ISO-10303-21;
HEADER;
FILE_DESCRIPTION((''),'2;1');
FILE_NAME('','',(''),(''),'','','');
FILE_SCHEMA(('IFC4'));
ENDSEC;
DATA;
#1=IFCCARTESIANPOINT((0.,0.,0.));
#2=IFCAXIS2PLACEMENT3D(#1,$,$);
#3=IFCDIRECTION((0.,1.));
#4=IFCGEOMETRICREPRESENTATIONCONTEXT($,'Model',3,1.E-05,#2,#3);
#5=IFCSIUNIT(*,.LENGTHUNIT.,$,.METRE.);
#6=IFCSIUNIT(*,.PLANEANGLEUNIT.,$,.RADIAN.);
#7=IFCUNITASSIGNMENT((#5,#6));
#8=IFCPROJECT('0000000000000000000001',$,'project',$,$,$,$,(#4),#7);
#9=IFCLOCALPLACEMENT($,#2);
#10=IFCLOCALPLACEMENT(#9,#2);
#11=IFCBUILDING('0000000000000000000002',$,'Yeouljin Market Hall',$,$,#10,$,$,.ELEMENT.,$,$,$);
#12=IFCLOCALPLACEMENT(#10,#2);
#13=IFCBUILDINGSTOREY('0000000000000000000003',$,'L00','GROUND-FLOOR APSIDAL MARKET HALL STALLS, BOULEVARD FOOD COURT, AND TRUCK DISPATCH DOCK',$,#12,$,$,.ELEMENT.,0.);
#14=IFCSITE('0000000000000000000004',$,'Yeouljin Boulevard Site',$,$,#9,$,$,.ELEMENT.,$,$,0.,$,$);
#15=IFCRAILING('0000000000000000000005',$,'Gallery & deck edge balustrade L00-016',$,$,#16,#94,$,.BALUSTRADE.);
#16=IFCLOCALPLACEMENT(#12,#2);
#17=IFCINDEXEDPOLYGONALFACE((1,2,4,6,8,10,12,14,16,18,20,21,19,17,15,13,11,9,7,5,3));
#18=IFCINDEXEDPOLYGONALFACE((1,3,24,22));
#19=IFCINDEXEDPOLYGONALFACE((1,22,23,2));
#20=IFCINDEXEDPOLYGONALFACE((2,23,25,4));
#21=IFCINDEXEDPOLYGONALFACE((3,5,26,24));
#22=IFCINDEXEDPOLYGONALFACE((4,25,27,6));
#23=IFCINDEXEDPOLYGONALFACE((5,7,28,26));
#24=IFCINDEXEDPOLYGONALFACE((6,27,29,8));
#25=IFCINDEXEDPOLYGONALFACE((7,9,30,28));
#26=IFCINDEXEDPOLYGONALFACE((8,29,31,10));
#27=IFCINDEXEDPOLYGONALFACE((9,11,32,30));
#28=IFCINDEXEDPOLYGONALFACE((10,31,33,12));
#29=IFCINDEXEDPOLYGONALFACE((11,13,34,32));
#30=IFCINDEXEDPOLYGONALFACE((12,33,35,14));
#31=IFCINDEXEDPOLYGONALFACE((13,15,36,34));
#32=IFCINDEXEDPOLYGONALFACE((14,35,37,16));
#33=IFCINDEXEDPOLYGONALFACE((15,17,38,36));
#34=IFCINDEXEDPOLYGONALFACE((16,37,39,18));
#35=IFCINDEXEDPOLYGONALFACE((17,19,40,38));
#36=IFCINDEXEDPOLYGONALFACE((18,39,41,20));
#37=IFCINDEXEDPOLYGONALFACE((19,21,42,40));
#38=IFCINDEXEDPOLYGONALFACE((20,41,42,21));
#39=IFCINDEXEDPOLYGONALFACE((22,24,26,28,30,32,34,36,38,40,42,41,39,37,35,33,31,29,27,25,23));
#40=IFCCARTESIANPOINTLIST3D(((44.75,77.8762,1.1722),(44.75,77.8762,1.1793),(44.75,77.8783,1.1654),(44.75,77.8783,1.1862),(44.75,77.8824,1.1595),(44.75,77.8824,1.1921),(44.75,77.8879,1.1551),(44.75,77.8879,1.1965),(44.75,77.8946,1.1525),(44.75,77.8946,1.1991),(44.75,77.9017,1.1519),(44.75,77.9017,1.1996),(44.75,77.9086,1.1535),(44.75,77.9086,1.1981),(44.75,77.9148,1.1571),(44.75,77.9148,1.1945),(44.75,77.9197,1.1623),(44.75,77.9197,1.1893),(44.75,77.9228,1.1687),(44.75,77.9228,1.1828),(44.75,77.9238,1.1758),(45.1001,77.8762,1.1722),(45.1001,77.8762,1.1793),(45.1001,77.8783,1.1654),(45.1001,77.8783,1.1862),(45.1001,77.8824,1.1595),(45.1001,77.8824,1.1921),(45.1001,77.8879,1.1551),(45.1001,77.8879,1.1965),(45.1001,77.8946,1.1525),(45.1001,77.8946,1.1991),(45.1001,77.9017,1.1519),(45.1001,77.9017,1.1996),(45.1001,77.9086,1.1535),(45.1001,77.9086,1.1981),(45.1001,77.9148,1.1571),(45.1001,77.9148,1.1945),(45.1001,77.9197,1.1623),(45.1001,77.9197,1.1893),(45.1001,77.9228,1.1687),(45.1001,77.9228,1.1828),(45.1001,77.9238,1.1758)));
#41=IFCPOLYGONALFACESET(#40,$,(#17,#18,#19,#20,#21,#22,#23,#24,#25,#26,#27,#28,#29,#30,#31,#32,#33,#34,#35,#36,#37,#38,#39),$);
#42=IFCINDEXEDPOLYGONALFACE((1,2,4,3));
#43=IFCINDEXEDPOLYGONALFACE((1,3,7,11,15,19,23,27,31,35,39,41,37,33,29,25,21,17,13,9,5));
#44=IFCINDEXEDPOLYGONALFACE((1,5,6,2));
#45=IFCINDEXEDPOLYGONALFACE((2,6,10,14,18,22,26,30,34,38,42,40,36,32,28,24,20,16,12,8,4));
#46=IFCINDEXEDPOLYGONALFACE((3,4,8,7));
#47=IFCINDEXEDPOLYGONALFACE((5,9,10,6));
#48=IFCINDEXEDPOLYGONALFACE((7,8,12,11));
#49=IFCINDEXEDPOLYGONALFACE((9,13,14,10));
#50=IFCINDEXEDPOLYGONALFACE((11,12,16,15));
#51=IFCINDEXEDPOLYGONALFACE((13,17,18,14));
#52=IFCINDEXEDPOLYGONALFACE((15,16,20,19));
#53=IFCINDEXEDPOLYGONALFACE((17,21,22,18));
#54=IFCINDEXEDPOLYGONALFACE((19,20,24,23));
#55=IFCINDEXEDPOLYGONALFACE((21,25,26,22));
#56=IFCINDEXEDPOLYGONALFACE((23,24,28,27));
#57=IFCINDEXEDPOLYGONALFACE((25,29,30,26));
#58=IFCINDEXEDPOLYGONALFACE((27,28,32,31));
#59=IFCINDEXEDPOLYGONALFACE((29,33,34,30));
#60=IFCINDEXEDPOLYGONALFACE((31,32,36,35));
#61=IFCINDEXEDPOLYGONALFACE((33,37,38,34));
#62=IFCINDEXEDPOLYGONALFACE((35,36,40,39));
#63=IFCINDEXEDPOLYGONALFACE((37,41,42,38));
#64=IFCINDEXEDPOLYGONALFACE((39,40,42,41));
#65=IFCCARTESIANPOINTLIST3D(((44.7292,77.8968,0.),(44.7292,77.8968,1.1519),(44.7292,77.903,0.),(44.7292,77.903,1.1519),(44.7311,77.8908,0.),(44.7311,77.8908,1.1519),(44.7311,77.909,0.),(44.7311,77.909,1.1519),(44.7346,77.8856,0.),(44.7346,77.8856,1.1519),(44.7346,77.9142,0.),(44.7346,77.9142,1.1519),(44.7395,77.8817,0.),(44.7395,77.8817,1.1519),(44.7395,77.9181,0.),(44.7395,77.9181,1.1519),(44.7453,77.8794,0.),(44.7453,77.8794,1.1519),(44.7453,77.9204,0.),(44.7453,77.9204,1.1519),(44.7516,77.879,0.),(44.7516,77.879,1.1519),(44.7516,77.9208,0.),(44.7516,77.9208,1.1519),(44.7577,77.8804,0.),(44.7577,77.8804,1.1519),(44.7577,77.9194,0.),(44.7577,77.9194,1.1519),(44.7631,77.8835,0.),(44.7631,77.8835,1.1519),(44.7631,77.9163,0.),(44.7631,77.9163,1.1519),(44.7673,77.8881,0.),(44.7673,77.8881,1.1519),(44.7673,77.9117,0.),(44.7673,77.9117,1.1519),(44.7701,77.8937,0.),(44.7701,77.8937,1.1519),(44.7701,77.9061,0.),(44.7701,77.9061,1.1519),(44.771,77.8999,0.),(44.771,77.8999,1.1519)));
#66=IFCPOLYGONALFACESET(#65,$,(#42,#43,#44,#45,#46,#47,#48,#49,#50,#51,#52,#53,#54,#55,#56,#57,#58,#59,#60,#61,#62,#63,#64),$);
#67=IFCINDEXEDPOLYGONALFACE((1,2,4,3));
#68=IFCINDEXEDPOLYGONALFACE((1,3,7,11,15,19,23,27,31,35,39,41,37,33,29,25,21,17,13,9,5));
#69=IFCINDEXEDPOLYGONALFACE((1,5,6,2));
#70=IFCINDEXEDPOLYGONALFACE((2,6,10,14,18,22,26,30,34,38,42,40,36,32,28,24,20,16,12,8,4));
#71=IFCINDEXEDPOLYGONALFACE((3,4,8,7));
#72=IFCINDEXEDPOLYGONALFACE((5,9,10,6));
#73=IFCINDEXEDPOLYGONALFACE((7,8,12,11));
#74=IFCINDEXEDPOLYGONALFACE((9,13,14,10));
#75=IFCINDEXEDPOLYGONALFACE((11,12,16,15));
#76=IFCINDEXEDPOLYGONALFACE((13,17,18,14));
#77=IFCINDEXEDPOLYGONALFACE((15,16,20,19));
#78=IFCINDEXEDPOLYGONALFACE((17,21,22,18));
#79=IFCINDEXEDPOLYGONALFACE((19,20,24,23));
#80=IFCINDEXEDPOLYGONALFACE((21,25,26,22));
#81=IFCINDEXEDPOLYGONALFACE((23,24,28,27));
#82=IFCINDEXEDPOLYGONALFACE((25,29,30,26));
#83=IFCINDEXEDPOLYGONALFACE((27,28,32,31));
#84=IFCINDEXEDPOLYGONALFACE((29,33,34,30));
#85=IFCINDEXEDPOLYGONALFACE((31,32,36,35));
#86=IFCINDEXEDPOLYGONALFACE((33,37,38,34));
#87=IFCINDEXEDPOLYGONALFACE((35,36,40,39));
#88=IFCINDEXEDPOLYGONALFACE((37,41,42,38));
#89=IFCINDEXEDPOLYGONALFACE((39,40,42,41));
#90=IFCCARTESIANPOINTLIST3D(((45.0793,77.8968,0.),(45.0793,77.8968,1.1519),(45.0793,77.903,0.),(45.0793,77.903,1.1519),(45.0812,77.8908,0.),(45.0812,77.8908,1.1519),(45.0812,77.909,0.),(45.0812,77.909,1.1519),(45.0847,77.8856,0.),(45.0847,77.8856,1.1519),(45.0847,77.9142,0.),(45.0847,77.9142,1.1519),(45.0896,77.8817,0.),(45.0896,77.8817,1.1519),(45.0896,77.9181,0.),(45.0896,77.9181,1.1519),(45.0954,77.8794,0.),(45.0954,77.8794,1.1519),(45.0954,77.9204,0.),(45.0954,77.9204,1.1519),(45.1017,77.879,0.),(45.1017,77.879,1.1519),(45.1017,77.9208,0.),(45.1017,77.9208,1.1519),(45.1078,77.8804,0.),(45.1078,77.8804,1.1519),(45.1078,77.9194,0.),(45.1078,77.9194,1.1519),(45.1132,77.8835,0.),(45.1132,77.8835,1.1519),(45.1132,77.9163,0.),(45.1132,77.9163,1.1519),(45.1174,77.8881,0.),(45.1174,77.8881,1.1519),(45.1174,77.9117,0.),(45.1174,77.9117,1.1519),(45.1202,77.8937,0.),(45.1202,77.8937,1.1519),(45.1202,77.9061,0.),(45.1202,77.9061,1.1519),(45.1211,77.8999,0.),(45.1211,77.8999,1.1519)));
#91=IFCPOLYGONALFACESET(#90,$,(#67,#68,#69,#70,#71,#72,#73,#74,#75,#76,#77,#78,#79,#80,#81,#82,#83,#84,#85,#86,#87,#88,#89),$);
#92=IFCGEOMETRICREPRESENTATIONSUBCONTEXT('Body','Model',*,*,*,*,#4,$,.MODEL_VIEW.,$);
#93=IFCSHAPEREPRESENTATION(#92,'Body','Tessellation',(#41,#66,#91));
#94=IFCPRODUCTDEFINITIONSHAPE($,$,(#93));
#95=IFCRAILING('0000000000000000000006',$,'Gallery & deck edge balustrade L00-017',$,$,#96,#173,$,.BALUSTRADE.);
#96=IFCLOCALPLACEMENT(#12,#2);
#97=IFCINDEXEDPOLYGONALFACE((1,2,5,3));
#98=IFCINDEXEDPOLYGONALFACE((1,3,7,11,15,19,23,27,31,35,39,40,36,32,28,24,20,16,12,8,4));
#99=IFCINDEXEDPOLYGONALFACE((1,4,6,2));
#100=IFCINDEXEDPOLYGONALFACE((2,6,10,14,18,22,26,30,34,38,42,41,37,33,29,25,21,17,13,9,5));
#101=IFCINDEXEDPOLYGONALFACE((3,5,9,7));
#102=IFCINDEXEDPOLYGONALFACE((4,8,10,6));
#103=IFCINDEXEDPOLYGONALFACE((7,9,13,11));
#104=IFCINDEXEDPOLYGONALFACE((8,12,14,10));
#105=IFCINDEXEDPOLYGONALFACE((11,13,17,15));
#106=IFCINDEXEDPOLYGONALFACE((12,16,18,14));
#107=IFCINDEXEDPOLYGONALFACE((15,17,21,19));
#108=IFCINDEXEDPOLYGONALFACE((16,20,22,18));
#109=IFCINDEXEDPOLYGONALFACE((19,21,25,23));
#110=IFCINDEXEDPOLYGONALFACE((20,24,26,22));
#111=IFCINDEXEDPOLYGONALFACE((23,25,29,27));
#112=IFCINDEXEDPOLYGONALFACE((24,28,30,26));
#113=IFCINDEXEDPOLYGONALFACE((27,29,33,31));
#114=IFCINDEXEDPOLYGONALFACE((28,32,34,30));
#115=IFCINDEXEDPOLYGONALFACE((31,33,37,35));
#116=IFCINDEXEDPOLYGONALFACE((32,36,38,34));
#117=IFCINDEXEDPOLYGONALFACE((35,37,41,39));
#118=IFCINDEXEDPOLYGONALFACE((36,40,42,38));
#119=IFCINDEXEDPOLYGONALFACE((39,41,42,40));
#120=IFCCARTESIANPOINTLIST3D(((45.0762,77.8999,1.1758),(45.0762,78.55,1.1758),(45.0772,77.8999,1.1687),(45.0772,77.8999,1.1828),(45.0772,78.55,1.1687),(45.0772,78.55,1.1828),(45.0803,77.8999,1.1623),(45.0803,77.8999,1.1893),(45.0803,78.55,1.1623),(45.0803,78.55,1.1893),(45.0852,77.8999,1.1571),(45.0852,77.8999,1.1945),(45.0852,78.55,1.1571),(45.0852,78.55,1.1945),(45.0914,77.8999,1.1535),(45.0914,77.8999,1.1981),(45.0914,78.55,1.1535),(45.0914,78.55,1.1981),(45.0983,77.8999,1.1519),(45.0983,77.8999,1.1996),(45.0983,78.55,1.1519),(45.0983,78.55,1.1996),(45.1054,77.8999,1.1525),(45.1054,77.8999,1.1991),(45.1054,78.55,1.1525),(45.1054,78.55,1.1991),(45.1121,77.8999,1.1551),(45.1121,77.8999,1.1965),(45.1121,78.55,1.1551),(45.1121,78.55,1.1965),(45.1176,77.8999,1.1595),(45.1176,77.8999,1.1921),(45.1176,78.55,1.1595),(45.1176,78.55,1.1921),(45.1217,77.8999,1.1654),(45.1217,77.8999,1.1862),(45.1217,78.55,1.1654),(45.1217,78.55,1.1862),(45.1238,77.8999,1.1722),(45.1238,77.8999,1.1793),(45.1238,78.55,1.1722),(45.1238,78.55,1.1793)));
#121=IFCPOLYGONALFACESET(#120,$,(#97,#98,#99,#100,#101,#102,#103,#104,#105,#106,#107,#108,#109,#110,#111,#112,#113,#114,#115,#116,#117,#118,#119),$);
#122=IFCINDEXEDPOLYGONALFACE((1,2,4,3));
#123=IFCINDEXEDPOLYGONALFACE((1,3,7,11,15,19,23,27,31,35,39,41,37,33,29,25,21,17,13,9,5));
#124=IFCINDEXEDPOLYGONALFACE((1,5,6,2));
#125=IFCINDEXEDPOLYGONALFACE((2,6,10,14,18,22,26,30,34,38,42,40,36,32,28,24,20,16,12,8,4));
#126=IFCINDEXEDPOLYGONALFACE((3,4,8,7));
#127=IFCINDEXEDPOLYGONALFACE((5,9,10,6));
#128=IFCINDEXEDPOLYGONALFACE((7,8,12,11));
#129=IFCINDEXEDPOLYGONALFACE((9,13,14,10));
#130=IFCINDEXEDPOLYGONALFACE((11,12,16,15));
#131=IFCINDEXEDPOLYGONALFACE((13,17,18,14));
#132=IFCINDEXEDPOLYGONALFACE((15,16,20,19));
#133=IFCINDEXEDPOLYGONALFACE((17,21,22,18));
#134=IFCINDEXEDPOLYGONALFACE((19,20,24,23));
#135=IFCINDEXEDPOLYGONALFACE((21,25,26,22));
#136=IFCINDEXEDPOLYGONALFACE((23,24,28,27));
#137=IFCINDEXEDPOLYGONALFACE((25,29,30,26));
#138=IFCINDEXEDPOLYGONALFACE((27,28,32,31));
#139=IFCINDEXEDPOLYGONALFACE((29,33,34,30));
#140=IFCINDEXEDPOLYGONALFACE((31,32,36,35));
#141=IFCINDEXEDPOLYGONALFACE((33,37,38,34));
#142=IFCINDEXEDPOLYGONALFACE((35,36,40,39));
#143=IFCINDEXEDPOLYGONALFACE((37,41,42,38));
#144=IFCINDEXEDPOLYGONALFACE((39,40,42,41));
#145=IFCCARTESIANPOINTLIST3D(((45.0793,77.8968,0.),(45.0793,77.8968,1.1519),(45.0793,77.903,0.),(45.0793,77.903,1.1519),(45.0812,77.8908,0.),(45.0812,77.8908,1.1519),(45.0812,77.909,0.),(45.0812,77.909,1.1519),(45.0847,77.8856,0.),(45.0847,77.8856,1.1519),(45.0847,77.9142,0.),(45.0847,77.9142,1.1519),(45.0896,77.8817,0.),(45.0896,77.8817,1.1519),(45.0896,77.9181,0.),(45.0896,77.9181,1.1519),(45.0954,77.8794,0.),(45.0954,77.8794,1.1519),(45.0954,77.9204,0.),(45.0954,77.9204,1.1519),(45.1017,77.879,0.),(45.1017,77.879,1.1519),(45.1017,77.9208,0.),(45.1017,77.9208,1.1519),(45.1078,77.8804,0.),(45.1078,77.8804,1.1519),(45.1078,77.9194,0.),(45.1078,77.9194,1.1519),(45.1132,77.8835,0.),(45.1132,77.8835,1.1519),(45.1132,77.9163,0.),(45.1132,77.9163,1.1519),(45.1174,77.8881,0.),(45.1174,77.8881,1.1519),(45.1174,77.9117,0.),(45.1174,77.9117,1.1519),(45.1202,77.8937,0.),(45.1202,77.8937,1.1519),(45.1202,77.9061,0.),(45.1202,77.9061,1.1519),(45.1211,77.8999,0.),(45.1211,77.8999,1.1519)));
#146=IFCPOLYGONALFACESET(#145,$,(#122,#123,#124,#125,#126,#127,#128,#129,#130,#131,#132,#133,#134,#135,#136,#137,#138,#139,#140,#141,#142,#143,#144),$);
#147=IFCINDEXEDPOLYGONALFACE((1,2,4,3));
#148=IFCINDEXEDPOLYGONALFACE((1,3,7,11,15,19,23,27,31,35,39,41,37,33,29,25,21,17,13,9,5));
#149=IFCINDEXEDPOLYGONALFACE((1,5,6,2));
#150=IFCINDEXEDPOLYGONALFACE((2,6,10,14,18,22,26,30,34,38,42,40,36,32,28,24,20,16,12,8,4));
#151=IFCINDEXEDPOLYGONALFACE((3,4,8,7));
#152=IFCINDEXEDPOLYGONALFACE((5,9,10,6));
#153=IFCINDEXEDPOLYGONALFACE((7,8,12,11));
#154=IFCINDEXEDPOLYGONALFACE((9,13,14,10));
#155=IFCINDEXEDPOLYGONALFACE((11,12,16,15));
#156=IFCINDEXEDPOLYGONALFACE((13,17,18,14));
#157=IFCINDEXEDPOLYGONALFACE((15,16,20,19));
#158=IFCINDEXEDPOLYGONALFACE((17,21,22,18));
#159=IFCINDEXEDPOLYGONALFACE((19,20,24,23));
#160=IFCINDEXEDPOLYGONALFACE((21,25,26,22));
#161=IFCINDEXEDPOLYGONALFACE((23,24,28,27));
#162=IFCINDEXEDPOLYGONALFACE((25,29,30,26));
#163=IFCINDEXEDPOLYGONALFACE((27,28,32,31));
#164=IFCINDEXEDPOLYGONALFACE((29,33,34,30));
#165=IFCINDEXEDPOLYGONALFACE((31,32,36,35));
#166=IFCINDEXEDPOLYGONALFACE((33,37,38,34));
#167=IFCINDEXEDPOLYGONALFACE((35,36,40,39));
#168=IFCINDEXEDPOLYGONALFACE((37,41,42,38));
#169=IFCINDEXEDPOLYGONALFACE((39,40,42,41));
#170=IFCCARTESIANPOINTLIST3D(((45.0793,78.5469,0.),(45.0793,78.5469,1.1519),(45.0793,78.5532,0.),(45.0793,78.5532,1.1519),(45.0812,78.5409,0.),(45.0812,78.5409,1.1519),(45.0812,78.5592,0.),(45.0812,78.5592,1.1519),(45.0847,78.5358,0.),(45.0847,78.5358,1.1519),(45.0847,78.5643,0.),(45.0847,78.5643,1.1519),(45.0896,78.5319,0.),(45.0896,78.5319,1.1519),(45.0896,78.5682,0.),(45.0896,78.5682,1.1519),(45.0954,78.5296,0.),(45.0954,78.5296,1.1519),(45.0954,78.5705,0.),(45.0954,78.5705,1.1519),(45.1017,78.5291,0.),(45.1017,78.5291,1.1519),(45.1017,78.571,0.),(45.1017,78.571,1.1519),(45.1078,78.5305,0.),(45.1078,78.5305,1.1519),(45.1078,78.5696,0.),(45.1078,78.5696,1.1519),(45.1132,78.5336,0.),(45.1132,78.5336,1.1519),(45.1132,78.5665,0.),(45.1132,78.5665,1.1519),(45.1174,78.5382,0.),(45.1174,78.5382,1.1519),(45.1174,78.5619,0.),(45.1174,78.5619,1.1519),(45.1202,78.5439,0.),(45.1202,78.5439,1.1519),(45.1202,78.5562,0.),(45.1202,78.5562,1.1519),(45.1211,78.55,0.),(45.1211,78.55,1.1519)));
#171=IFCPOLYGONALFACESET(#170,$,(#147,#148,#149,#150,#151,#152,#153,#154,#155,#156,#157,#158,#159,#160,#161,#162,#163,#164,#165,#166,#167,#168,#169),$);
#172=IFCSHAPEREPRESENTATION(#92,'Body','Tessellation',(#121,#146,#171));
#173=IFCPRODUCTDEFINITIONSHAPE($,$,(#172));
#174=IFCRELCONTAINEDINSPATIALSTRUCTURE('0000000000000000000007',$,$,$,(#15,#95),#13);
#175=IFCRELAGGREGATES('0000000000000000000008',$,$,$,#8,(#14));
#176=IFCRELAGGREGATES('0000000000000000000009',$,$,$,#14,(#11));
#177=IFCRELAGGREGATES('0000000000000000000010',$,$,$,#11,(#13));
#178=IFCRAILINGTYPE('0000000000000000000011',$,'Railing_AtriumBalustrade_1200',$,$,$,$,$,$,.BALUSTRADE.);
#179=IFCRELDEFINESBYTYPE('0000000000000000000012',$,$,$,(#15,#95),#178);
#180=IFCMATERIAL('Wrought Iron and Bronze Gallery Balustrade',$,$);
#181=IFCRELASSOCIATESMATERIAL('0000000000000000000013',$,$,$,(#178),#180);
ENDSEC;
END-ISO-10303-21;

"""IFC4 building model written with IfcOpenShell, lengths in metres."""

from ifc_helpers import new_model, si_unit, direction, frame, origin, origin_2d, place, context, subcontext, project, spatial, circle, extrude, material, type_object, element, save


model = new_model("IFC4")

# Units and contexts
model_context = context("Model", 3, precision=1e-05, world=origin(), true_north=direction((0.0, 1.0)))
body_context = subcontext(model_context, "Body", "Model", "MODEL_VIEW")
ifc_project = project(units=[si_unit("LENGTHUNIT", "METRE"), si_unit("PLANEANGLEUNIT", "RADIAN")], contexts=[model_context])

# Site, building, storey
site_placement = place(None, origin())
site = spatial("IfcSite", under=ifc_project, at=site_placement, Name="Yeouljin Boulevard Site", CompositionType="ELEMENT", RefElevation=0.0)
building_placement = place(site_placement, origin())
building = spatial("IfcBuilding", under=site, at=building_placement, Name="Yeouljin Market Hall", CompositionType="ELEMENT")
storey_placement = place(building_placement, origin())
storey = spatial("IfcBuildingStorey", under=building, at=storey_placement, Name="L00", Description="GROUND-FLOOR APSIDAL MARKET HALL STALLS, BOULEVARD FOOD COURT, AND TRUCK DISPATCH DOCK", CompositionType="ELEMENT", Elevation=0.0)

# Railings
ifc_material_1 = material(Name="Wrought Iron and Bronze Gallery Balustrade")
railing_type_1 = type_object("IfcRailingType", Name="Railing_AtriumBalustrade_1200", PredefinedType="BALUSTRADE", material=ifc_material_1)
railing_1_placement = place(storey_placement, frame((44.75, 77.8999, 0.0)))
element("IfcRailing", 1, at=railing_1_placement, inside=storey, type_object=railing_type_1, Name="Gallery & deck edge balustrade L00-016", PredefinedType="BALUSTRADE", context=body_context, shape_type="SweptSolid", body=[
    extrude(circle(Radius=0.0239, at=origin_2d()), frame((0.0, 0.0, 1.1758), z_axis=(1.0, 0.0, 0.0), x_axis=(0.0, 1.0, 0.0)), (0.0, 0.0, 1.0), 0.3501),
    extrude(circle(Radius=0.021, at=origin_2d()), origin(), (0.0, 0.0, 1.0), 1.1519),
    extrude(circle(Radius=0.021, at=origin_2d()), frame((0.3501, 0.0, 0.0)), (0.0, 0.0, 1.0), 1.1519),
])
railing_2_placement = place(storey_placement, frame((45.1001, 77.8999, 0.0)))
element("IfcRailing", 2, at=railing_2_placement, inside=storey, type_object=railing_type_1, Name="Gallery & deck edge balustrade L00-017", PredefinedType="BALUSTRADE", context=body_context, shape_type="SweptSolid", body=[
    extrude(circle(Radius=0.0239, at=origin_2d()), frame((0.0, 0.0, 1.1758), z_axis=(0.0, 1.0, 0.0), x_axis=(-1.0, 0.0, 0.0)), (0.0, 0.0, 1.0), 0.6501),
    extrude(circle(Radius=0.021, at=origin_2d()), origin(), (0.0, 0.0, 1.0), 1.1519),
    extrude(circle(Radius=0.021, at=origin_2d()), frame((0.0, 0.6501, 0.0)), (0.0, 0.0, 1.0), 1.1519),
])

save(model, "model.ifc")
